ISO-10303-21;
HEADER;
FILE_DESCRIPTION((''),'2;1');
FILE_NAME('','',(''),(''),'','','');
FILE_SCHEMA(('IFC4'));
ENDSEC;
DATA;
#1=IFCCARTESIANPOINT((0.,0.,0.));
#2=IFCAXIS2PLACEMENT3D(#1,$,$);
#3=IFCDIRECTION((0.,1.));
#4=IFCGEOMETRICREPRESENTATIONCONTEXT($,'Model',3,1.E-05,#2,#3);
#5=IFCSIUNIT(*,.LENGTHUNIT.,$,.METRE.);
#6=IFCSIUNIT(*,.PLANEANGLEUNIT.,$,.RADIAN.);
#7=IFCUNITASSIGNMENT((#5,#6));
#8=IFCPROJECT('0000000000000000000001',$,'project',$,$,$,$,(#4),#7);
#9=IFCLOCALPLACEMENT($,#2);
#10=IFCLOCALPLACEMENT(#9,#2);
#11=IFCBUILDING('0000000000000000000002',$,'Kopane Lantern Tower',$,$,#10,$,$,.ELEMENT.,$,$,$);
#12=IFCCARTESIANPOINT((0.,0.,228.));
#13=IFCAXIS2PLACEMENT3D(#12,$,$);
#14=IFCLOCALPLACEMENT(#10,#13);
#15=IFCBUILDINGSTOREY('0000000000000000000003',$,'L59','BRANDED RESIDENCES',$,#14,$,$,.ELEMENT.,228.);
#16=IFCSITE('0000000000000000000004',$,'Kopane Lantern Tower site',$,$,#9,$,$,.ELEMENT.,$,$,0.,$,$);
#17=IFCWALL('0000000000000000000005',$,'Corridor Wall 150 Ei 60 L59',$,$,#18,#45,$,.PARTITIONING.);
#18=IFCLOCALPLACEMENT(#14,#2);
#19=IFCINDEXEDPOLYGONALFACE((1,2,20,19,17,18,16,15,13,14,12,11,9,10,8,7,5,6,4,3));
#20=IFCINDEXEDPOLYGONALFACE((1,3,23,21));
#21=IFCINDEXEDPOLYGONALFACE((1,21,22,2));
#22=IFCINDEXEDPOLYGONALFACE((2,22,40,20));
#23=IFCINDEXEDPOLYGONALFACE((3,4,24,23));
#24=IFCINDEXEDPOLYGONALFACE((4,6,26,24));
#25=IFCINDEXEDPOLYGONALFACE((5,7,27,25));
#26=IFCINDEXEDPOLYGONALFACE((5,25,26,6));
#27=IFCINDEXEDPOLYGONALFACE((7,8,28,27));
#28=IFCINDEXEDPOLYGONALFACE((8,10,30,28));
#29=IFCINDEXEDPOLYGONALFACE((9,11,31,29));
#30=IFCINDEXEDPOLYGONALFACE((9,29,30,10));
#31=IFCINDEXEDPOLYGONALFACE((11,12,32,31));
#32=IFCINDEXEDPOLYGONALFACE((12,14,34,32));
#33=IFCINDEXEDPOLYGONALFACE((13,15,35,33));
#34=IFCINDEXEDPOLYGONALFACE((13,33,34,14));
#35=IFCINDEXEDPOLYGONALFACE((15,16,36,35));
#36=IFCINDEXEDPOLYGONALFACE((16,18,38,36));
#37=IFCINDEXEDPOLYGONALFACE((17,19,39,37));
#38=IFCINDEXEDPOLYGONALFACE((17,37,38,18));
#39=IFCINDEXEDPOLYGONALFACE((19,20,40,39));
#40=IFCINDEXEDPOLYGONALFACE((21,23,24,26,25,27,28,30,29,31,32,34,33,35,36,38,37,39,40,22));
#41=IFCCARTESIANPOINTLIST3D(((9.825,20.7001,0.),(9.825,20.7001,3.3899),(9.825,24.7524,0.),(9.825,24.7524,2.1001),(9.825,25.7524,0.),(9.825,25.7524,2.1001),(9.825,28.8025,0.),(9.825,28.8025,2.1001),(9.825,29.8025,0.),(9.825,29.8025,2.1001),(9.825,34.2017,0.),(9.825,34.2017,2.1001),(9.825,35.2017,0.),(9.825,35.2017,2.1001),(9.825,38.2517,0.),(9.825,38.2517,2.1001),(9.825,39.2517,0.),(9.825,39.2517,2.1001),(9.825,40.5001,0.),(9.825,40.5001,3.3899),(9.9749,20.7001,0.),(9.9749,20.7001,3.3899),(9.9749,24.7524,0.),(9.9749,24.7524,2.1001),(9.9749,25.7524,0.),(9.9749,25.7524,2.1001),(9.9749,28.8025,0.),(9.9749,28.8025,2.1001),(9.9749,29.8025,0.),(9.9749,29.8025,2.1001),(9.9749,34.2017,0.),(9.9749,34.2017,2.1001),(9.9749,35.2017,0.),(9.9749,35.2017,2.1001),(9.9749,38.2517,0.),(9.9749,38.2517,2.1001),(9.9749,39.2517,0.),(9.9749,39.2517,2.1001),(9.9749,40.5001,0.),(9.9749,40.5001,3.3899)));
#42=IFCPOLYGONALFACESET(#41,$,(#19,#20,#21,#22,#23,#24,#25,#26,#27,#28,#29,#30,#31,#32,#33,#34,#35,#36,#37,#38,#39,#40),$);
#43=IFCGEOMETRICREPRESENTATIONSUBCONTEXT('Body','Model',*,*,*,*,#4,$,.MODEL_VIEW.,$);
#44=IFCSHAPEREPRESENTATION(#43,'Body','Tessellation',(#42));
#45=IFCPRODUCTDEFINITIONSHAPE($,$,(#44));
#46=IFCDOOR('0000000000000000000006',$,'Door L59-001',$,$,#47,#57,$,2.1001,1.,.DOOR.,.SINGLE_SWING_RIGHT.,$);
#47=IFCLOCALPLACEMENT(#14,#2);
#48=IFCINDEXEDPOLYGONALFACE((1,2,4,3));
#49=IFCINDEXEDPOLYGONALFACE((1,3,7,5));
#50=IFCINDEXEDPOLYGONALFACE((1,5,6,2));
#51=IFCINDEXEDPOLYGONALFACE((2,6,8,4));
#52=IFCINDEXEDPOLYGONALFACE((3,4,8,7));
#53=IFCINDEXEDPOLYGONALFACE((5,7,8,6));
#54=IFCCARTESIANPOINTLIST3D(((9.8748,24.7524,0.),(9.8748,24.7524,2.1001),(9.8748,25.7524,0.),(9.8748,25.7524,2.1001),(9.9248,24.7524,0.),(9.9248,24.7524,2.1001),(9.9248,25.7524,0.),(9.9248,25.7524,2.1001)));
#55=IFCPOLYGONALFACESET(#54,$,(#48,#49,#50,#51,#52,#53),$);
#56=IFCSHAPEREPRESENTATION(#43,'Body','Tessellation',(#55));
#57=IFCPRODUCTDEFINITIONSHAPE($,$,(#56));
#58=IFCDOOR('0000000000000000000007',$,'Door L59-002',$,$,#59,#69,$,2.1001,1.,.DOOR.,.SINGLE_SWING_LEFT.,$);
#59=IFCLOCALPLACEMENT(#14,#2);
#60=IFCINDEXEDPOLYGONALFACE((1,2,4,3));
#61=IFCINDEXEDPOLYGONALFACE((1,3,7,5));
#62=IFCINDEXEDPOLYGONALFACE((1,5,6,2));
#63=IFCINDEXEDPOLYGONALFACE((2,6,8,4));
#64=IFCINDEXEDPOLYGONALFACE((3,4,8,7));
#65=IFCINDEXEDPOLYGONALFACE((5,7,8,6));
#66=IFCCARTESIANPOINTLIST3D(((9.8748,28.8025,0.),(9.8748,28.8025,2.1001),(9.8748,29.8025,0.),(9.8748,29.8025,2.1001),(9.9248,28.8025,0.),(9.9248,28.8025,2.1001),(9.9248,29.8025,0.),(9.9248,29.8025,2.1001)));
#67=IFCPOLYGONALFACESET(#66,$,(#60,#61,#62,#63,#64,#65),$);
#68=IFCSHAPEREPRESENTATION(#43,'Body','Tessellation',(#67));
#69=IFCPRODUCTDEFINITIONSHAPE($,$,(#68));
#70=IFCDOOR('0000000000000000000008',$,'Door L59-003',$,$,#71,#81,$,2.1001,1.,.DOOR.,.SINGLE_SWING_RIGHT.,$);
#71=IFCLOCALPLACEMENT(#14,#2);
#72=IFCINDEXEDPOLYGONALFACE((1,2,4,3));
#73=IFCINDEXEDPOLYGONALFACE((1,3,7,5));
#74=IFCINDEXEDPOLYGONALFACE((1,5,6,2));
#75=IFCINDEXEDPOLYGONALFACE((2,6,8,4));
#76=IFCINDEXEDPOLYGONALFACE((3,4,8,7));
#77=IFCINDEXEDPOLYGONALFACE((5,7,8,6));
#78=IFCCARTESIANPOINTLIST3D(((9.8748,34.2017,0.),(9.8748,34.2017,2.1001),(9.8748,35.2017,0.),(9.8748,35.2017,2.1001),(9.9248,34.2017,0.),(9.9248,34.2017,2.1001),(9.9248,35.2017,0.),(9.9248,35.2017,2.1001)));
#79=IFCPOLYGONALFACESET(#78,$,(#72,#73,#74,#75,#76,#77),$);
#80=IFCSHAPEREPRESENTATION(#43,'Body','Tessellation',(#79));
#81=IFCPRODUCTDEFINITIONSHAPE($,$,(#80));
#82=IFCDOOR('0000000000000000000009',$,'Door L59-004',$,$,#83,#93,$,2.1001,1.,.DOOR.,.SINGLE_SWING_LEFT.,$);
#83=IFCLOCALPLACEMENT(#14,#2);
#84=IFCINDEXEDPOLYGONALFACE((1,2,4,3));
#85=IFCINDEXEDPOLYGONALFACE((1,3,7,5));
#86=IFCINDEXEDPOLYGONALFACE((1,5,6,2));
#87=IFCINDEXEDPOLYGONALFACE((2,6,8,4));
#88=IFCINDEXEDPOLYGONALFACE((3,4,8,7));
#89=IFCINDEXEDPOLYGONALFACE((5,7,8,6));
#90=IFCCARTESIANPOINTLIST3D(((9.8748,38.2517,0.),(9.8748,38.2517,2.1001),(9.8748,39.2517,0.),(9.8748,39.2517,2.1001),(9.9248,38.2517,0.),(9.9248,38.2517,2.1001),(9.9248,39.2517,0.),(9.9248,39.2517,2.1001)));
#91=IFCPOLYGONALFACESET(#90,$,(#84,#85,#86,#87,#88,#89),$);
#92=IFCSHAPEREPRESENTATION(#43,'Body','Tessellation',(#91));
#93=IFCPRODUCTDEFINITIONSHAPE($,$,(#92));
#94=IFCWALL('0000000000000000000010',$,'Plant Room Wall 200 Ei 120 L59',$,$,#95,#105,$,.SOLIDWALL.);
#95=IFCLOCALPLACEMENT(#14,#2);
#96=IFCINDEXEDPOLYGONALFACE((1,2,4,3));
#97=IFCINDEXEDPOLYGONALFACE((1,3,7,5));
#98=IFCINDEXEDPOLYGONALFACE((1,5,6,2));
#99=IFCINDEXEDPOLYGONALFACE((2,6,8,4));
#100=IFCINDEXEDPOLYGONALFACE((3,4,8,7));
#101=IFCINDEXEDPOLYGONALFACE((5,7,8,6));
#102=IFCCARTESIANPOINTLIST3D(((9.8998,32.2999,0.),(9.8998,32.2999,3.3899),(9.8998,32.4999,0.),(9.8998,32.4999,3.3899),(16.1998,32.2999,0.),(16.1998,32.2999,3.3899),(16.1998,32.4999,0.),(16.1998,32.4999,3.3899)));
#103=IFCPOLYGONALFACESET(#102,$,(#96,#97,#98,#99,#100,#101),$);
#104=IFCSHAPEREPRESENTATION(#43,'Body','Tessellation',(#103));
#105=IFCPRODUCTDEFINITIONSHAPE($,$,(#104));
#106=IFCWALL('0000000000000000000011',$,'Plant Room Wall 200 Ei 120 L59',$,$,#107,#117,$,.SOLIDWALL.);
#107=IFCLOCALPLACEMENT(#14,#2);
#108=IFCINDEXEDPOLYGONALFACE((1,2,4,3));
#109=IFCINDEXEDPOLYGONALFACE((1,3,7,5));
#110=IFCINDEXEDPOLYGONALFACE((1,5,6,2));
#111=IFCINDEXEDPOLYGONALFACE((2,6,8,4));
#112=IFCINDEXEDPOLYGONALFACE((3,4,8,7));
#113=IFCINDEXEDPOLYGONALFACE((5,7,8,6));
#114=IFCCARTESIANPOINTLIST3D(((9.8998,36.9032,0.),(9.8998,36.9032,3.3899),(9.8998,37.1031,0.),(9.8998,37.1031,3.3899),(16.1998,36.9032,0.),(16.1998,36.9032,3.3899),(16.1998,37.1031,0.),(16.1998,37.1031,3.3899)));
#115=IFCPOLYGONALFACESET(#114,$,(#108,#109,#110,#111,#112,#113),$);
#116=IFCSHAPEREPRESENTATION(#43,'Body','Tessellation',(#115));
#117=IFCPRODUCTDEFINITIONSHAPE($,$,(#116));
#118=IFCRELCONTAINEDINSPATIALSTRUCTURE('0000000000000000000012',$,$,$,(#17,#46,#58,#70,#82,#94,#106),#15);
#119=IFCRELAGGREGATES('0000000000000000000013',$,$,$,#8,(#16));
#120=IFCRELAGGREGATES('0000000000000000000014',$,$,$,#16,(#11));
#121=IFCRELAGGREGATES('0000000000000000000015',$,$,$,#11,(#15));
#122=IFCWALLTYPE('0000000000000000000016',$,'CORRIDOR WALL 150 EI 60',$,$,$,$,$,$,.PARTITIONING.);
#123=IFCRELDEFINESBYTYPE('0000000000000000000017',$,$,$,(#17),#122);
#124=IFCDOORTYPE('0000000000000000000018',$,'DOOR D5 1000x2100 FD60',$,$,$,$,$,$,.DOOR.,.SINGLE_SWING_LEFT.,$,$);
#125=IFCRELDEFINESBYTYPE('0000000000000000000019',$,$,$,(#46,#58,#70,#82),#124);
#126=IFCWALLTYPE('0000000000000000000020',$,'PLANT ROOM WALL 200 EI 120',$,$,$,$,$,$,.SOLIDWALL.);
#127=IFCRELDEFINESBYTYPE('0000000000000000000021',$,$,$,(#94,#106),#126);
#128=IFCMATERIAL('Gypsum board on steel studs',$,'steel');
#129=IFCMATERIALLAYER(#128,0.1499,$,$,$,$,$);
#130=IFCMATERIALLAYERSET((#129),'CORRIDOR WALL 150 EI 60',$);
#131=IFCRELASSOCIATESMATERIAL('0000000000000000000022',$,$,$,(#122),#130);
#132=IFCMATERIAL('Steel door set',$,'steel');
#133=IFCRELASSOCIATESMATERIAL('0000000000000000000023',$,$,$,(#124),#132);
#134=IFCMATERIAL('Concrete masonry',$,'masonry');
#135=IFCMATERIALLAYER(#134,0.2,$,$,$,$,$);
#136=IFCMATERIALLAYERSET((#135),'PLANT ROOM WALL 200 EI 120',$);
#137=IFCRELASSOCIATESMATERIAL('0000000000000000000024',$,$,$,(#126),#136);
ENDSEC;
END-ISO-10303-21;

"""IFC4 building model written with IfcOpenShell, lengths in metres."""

from ifc_helpers import new_model, si_unit, direction, frame, frame_2d, origin, place, context, subcontext, project, spatial, rectangle, extrude, material, layer, layer_set, type_object, element, fill, save


model = new_model("IFC4")

# Units and contexts
model_context = context("Model", 3, precision=1e-05, world=origin(), true_north=direction((0.0, 1.0)))
body_context = subcontext(model_context, "Body", "Model", "MODEL_VIEW")
ifc_project = project(units=[si_unit("LENGTHUNIT", "METRE"), si_unit("PLANEANGLEUNIT", "RADIAN")], contexts=[model_context])

# Site, building, storey
site_placement = place(None, origin())
site = spatial("IfcSite", under=ifc_project, at=site_placement, Name="Kopane Lantern Tower site", CompositionType="ELEMENT", RefElevation=0.0)
building_placement = place(site_placement, origin())
building = spatial("IfcBuilding", under=site, at=building_placement, Name="Kopane Lantern Tower", CompositionType="ELEMENT")
storey_placement = place(building_placement, frame((0.0, 0.0, 228.0)))
storey = spatial("IfcBuildingStorey", under=building, at=storey_placement, Name="L59", Description="BRANDED RESIDENCES", CompositionType="ELEMENT", Elevation=228.0)

# Shared definitions
ifc_material_1 = material(Name="Gypsum board on steel studs", Category="steel")
ifc_layer_1 = layer(ifc_material_1, 0.1499)
ifc_layer_set_1 = layer_set([ifc_layer_1], Name="CORRIDOR WALL 150 EI 60")
wall_type_1 = type_object("IfcWallType", Name="CORRIDOR WALL 150 EI 60", PredefinedType="PARTITIONING", material=ifc_layer_set_1)

# Wall, openings, doors
wall_1_placement = place(storey_placement, frame((9.8999, 40.5, 0.0), z_axis=(0.0, 0.0, 1.0), x_axis=(0.0, -1.0, 0.0)))
wall_1 = element("IfcWall", 1, at=wall_1_placement, inside=storey, type_object=wall_type_1, Name="Corridor Wall 150 Ei 60 L59", PredefinedType="PARTITIONING", context=body_context, shape_type="SweptSolid", body=[
    extrude(rectangle(XDim=19.8, YDim=0.1499, at=frame_2d((9.8999, 0.0))), origin(), (0.0, 0.0, 1.0), 3.3899),
])
opening_1_placement = place(wall_1_placement, frame((14.7476, 0.0, 0.0)))
opening_1 = element("IfcOpeningElement", 2, at=opening_1_placement, cuts=wall_1, PredefinedType="OPENING", context=body_context, shape_type="SweptSolid", body=[
    extrude(rectangle(XDim=1.0, YDim=2.1001, at=frame_2d((0.5, 1.05))), frame((0.0, 0.085, 0.0), z_axis=(0.0, -1.0, 0.0), x_axis=(1.0, 0.0, 0.0)), (0.0, 0.0, 1.0), 0.1699),
])
opening_2_placement = place(wall_1_placement, frame((10.6975, 0.0, 0.0)))
opening_2 = element("IfcOpeningElement", 3, at=opening_2_placement, cuts=wall_1, PredefinedType="OPENING", context=body_context, shape_type="SweptSolid", body=[
    extrude(rectangle(XDim=1.0, YDim=2.1001, at=frame_2d((0.5, 1.05))), frame((0.0, 0.085, 0.0), z_axis=(0.0, -1.0, 0.0), x_axis=(1.0, 0.0, 0.0)), (0.0, 0.0, 1.0), 0.1699),
])
opening_3_placement = place(wall_1_placement, frame((5.2983, 0.0, 0.0)))
opening_3 = element("IfcOpeningElement", 4, at=opening_3_placement, cuts=wall_1, PredefinedType="OPENING", context=body_context, shape_type="SweptSolid", body=[
    extrude(rectangle(XDim=1.0, YDim=2.1001, at=frame_2d((0.5, 1.05))), frame((0.0, 0.085, 0.0), z_axis=(0.0, -1.0, 0.0), x_axis=(1.0, 0.0, 0.0)), (0.0, 0.0, 1.0), 0.1699),
])
opening_4_placement = place(wall_1_placement, frame((1.2483, 0.0, 0.0)))
opening_4 = element("IfcOpeningElement", 5, at=opening_4_placement, cuts=wall_1, PredefinedType="OPENING", context=body_context, shape_type="SweptSolid", body=[
    extrude(rectangle(XDim=1.0, YDim=2.1001, at=frame_2d((0.5, 1.05))), frame((0.0, 0.085, 0.0), z_axis=(0.0, -1.0, 0.0), x_axis=(1.0, 0.0, 0.0)), (0.0, 0.0, 1.0), 0.1699),
])
ifc_material_2 = material(Name="Steel door set", Category="steel")
door_type_1 = type_object("IfcDoorType", Name="DOOR D5 1000x2100 FD60", OperationType="SINGLE_SWING_LEFT", PredefinedType="DOOR", material=ifc_material_2)
door_1_placement = place(opening_1_placement, origin())
door_1 = element("IfcDoor", 6, at=door_1_placement, inside=storey, type_object=door_type_1, Name="Door L59-001", OperationType="SINGLE_SWING_RIGHT", OverallHeight=2.1001, OverallWidth=1.0, PredefinedType="DOOR", context=body_context, shape_type="SweptSolid", body=[
    extrude(rectangle(XDim=1.0, YDim=2.1001, at=frame_2d((0.5, 1.05))), frame((0.0, 0.0249, 0.0), z_axis=(0.0, -1.0, 0.0), x_axis=(1.0, 0.0, 0.0)), (0.0, 0.0, 1.0), 0.05),
])
fill(opening_1, door_1)
door_2_placement = place(opening_2_placement, origin())
door_2 = element("IfcDoor", 7, at=door_2_placement, inside=storey, type_object=door_type_1, Name="Door L59-002", OperationType="SINGLE_SWING_LEFT", OverallHeight=2.1001, OverallWidth=1.0, PredefinedType="DOOR", context=body_context, shape_type="SweptSolid", body=[
    extrude(rectangle(XDim=1.0, YDim=2.1001, at=frame_2d((0.5, 1.05))), frame((0.0, 0.0249, 0.0), z_axis=(0.0, -1.0, 0.0), x_axis=(1.0, 0.0, 0.0)), (0.0, 0.0, 1.0), 0.05),
])
fill(opening_2, door_2)
door_3_placement = place(opening_3_placement, origin())
door_3 = element("IfcDoor", 8, at=door_3_placement, inside=storey, type_object=door_type_1, Name="Door L59-003", OperationType="SINGLE_SWING_RIGHT", OverallHeight=2.1001, OverallWidth=1.0, PredefinedType="DOOR", context=body_context, shape_type="SweptSolid", body=[
    extrude(rectangle(XDim=1.0, YDim=2.1001, at=frame_2d((0.5, 1.05))), frame((0.0, 0.0249, 0.0), z_axis=(0.0, -1.0, 0.0), x_axis=(1.0, 0.0, 0.0)), (0.0, 0.0, 1.0), 0.05),
])
fill(opening_3, door_3)
door_4_placement = place(opening_4_placement, origin())
door_4 = element("IfcDoor", 9, at=door_4_placement, inside=storey, type_object=door_type_1, Name="Door L59-004", OperationType="SINGLE_SWING_LEFT", OverallHeight=2.1001, OverallWidth=1.0, PredefinedType="DOOR", context=body_context, shape_type="SweptSolid", body=[
    extrude(rectangle(XDim=1.0, YDim=2.1001, at=frame_2d((0.5, 1.05))), frame((0.0, 0.0249, 0.0), z_axis=(0.0, -1.0, 0.0), x_axis=(1.0, 0.0, 0.0)), (0.0, 0.0, 1.0), 0.05),
])
fill(opening_4, door_4)

# Walls
ifc_material_3 = material(Name="Concrete masonry", Category="masonry")
ifc_layer_2 = layer(ifc_material_3, 0.2)
ifc_layer_set_2 = layer_set([ifc_layer_2], Name="PLANT ROOM WALL 200 EI 120")
wall_type_2 = type_object("IfcWallType", Name="PLANT ROOM WALL 200 EI 120", PredefinedType="SOLIDWALL", material=ifc_layer_set_2)
for number, where, z_axis, x_axis, name in (
    (10, (9.8999, 32.3999, 0.0), (0.0, 0.0, 1.0), (1.0, 0.0, 0.0), "Plant Room Wall 200 Ei 120 L59"),
    (11, (9.8999, 37.0032, 0.0), (0.0, 0.0, 1.0), (1.0, 0.0, 0.0), "Plant Room Wall 200 Ei 120 L59"),
):
    element("IfcWall", number, at=place(storey_placement, frame(where, z_axis=z_axis, x_axis=x_axis)), inside=storey, type_object=wall_type_2, Name=name, PredefinedType="SOLIDWALL", context=body_context, shape_type="SweptSolid", body=[
        extrude(rectangle(XDim=6.3, YDim=0.2, at=frame_2d((3.1499, 0.0))), origin(), (0.0, 0.0, 1.0), 3.3899),
    ])

save(model, "model.ifc")
